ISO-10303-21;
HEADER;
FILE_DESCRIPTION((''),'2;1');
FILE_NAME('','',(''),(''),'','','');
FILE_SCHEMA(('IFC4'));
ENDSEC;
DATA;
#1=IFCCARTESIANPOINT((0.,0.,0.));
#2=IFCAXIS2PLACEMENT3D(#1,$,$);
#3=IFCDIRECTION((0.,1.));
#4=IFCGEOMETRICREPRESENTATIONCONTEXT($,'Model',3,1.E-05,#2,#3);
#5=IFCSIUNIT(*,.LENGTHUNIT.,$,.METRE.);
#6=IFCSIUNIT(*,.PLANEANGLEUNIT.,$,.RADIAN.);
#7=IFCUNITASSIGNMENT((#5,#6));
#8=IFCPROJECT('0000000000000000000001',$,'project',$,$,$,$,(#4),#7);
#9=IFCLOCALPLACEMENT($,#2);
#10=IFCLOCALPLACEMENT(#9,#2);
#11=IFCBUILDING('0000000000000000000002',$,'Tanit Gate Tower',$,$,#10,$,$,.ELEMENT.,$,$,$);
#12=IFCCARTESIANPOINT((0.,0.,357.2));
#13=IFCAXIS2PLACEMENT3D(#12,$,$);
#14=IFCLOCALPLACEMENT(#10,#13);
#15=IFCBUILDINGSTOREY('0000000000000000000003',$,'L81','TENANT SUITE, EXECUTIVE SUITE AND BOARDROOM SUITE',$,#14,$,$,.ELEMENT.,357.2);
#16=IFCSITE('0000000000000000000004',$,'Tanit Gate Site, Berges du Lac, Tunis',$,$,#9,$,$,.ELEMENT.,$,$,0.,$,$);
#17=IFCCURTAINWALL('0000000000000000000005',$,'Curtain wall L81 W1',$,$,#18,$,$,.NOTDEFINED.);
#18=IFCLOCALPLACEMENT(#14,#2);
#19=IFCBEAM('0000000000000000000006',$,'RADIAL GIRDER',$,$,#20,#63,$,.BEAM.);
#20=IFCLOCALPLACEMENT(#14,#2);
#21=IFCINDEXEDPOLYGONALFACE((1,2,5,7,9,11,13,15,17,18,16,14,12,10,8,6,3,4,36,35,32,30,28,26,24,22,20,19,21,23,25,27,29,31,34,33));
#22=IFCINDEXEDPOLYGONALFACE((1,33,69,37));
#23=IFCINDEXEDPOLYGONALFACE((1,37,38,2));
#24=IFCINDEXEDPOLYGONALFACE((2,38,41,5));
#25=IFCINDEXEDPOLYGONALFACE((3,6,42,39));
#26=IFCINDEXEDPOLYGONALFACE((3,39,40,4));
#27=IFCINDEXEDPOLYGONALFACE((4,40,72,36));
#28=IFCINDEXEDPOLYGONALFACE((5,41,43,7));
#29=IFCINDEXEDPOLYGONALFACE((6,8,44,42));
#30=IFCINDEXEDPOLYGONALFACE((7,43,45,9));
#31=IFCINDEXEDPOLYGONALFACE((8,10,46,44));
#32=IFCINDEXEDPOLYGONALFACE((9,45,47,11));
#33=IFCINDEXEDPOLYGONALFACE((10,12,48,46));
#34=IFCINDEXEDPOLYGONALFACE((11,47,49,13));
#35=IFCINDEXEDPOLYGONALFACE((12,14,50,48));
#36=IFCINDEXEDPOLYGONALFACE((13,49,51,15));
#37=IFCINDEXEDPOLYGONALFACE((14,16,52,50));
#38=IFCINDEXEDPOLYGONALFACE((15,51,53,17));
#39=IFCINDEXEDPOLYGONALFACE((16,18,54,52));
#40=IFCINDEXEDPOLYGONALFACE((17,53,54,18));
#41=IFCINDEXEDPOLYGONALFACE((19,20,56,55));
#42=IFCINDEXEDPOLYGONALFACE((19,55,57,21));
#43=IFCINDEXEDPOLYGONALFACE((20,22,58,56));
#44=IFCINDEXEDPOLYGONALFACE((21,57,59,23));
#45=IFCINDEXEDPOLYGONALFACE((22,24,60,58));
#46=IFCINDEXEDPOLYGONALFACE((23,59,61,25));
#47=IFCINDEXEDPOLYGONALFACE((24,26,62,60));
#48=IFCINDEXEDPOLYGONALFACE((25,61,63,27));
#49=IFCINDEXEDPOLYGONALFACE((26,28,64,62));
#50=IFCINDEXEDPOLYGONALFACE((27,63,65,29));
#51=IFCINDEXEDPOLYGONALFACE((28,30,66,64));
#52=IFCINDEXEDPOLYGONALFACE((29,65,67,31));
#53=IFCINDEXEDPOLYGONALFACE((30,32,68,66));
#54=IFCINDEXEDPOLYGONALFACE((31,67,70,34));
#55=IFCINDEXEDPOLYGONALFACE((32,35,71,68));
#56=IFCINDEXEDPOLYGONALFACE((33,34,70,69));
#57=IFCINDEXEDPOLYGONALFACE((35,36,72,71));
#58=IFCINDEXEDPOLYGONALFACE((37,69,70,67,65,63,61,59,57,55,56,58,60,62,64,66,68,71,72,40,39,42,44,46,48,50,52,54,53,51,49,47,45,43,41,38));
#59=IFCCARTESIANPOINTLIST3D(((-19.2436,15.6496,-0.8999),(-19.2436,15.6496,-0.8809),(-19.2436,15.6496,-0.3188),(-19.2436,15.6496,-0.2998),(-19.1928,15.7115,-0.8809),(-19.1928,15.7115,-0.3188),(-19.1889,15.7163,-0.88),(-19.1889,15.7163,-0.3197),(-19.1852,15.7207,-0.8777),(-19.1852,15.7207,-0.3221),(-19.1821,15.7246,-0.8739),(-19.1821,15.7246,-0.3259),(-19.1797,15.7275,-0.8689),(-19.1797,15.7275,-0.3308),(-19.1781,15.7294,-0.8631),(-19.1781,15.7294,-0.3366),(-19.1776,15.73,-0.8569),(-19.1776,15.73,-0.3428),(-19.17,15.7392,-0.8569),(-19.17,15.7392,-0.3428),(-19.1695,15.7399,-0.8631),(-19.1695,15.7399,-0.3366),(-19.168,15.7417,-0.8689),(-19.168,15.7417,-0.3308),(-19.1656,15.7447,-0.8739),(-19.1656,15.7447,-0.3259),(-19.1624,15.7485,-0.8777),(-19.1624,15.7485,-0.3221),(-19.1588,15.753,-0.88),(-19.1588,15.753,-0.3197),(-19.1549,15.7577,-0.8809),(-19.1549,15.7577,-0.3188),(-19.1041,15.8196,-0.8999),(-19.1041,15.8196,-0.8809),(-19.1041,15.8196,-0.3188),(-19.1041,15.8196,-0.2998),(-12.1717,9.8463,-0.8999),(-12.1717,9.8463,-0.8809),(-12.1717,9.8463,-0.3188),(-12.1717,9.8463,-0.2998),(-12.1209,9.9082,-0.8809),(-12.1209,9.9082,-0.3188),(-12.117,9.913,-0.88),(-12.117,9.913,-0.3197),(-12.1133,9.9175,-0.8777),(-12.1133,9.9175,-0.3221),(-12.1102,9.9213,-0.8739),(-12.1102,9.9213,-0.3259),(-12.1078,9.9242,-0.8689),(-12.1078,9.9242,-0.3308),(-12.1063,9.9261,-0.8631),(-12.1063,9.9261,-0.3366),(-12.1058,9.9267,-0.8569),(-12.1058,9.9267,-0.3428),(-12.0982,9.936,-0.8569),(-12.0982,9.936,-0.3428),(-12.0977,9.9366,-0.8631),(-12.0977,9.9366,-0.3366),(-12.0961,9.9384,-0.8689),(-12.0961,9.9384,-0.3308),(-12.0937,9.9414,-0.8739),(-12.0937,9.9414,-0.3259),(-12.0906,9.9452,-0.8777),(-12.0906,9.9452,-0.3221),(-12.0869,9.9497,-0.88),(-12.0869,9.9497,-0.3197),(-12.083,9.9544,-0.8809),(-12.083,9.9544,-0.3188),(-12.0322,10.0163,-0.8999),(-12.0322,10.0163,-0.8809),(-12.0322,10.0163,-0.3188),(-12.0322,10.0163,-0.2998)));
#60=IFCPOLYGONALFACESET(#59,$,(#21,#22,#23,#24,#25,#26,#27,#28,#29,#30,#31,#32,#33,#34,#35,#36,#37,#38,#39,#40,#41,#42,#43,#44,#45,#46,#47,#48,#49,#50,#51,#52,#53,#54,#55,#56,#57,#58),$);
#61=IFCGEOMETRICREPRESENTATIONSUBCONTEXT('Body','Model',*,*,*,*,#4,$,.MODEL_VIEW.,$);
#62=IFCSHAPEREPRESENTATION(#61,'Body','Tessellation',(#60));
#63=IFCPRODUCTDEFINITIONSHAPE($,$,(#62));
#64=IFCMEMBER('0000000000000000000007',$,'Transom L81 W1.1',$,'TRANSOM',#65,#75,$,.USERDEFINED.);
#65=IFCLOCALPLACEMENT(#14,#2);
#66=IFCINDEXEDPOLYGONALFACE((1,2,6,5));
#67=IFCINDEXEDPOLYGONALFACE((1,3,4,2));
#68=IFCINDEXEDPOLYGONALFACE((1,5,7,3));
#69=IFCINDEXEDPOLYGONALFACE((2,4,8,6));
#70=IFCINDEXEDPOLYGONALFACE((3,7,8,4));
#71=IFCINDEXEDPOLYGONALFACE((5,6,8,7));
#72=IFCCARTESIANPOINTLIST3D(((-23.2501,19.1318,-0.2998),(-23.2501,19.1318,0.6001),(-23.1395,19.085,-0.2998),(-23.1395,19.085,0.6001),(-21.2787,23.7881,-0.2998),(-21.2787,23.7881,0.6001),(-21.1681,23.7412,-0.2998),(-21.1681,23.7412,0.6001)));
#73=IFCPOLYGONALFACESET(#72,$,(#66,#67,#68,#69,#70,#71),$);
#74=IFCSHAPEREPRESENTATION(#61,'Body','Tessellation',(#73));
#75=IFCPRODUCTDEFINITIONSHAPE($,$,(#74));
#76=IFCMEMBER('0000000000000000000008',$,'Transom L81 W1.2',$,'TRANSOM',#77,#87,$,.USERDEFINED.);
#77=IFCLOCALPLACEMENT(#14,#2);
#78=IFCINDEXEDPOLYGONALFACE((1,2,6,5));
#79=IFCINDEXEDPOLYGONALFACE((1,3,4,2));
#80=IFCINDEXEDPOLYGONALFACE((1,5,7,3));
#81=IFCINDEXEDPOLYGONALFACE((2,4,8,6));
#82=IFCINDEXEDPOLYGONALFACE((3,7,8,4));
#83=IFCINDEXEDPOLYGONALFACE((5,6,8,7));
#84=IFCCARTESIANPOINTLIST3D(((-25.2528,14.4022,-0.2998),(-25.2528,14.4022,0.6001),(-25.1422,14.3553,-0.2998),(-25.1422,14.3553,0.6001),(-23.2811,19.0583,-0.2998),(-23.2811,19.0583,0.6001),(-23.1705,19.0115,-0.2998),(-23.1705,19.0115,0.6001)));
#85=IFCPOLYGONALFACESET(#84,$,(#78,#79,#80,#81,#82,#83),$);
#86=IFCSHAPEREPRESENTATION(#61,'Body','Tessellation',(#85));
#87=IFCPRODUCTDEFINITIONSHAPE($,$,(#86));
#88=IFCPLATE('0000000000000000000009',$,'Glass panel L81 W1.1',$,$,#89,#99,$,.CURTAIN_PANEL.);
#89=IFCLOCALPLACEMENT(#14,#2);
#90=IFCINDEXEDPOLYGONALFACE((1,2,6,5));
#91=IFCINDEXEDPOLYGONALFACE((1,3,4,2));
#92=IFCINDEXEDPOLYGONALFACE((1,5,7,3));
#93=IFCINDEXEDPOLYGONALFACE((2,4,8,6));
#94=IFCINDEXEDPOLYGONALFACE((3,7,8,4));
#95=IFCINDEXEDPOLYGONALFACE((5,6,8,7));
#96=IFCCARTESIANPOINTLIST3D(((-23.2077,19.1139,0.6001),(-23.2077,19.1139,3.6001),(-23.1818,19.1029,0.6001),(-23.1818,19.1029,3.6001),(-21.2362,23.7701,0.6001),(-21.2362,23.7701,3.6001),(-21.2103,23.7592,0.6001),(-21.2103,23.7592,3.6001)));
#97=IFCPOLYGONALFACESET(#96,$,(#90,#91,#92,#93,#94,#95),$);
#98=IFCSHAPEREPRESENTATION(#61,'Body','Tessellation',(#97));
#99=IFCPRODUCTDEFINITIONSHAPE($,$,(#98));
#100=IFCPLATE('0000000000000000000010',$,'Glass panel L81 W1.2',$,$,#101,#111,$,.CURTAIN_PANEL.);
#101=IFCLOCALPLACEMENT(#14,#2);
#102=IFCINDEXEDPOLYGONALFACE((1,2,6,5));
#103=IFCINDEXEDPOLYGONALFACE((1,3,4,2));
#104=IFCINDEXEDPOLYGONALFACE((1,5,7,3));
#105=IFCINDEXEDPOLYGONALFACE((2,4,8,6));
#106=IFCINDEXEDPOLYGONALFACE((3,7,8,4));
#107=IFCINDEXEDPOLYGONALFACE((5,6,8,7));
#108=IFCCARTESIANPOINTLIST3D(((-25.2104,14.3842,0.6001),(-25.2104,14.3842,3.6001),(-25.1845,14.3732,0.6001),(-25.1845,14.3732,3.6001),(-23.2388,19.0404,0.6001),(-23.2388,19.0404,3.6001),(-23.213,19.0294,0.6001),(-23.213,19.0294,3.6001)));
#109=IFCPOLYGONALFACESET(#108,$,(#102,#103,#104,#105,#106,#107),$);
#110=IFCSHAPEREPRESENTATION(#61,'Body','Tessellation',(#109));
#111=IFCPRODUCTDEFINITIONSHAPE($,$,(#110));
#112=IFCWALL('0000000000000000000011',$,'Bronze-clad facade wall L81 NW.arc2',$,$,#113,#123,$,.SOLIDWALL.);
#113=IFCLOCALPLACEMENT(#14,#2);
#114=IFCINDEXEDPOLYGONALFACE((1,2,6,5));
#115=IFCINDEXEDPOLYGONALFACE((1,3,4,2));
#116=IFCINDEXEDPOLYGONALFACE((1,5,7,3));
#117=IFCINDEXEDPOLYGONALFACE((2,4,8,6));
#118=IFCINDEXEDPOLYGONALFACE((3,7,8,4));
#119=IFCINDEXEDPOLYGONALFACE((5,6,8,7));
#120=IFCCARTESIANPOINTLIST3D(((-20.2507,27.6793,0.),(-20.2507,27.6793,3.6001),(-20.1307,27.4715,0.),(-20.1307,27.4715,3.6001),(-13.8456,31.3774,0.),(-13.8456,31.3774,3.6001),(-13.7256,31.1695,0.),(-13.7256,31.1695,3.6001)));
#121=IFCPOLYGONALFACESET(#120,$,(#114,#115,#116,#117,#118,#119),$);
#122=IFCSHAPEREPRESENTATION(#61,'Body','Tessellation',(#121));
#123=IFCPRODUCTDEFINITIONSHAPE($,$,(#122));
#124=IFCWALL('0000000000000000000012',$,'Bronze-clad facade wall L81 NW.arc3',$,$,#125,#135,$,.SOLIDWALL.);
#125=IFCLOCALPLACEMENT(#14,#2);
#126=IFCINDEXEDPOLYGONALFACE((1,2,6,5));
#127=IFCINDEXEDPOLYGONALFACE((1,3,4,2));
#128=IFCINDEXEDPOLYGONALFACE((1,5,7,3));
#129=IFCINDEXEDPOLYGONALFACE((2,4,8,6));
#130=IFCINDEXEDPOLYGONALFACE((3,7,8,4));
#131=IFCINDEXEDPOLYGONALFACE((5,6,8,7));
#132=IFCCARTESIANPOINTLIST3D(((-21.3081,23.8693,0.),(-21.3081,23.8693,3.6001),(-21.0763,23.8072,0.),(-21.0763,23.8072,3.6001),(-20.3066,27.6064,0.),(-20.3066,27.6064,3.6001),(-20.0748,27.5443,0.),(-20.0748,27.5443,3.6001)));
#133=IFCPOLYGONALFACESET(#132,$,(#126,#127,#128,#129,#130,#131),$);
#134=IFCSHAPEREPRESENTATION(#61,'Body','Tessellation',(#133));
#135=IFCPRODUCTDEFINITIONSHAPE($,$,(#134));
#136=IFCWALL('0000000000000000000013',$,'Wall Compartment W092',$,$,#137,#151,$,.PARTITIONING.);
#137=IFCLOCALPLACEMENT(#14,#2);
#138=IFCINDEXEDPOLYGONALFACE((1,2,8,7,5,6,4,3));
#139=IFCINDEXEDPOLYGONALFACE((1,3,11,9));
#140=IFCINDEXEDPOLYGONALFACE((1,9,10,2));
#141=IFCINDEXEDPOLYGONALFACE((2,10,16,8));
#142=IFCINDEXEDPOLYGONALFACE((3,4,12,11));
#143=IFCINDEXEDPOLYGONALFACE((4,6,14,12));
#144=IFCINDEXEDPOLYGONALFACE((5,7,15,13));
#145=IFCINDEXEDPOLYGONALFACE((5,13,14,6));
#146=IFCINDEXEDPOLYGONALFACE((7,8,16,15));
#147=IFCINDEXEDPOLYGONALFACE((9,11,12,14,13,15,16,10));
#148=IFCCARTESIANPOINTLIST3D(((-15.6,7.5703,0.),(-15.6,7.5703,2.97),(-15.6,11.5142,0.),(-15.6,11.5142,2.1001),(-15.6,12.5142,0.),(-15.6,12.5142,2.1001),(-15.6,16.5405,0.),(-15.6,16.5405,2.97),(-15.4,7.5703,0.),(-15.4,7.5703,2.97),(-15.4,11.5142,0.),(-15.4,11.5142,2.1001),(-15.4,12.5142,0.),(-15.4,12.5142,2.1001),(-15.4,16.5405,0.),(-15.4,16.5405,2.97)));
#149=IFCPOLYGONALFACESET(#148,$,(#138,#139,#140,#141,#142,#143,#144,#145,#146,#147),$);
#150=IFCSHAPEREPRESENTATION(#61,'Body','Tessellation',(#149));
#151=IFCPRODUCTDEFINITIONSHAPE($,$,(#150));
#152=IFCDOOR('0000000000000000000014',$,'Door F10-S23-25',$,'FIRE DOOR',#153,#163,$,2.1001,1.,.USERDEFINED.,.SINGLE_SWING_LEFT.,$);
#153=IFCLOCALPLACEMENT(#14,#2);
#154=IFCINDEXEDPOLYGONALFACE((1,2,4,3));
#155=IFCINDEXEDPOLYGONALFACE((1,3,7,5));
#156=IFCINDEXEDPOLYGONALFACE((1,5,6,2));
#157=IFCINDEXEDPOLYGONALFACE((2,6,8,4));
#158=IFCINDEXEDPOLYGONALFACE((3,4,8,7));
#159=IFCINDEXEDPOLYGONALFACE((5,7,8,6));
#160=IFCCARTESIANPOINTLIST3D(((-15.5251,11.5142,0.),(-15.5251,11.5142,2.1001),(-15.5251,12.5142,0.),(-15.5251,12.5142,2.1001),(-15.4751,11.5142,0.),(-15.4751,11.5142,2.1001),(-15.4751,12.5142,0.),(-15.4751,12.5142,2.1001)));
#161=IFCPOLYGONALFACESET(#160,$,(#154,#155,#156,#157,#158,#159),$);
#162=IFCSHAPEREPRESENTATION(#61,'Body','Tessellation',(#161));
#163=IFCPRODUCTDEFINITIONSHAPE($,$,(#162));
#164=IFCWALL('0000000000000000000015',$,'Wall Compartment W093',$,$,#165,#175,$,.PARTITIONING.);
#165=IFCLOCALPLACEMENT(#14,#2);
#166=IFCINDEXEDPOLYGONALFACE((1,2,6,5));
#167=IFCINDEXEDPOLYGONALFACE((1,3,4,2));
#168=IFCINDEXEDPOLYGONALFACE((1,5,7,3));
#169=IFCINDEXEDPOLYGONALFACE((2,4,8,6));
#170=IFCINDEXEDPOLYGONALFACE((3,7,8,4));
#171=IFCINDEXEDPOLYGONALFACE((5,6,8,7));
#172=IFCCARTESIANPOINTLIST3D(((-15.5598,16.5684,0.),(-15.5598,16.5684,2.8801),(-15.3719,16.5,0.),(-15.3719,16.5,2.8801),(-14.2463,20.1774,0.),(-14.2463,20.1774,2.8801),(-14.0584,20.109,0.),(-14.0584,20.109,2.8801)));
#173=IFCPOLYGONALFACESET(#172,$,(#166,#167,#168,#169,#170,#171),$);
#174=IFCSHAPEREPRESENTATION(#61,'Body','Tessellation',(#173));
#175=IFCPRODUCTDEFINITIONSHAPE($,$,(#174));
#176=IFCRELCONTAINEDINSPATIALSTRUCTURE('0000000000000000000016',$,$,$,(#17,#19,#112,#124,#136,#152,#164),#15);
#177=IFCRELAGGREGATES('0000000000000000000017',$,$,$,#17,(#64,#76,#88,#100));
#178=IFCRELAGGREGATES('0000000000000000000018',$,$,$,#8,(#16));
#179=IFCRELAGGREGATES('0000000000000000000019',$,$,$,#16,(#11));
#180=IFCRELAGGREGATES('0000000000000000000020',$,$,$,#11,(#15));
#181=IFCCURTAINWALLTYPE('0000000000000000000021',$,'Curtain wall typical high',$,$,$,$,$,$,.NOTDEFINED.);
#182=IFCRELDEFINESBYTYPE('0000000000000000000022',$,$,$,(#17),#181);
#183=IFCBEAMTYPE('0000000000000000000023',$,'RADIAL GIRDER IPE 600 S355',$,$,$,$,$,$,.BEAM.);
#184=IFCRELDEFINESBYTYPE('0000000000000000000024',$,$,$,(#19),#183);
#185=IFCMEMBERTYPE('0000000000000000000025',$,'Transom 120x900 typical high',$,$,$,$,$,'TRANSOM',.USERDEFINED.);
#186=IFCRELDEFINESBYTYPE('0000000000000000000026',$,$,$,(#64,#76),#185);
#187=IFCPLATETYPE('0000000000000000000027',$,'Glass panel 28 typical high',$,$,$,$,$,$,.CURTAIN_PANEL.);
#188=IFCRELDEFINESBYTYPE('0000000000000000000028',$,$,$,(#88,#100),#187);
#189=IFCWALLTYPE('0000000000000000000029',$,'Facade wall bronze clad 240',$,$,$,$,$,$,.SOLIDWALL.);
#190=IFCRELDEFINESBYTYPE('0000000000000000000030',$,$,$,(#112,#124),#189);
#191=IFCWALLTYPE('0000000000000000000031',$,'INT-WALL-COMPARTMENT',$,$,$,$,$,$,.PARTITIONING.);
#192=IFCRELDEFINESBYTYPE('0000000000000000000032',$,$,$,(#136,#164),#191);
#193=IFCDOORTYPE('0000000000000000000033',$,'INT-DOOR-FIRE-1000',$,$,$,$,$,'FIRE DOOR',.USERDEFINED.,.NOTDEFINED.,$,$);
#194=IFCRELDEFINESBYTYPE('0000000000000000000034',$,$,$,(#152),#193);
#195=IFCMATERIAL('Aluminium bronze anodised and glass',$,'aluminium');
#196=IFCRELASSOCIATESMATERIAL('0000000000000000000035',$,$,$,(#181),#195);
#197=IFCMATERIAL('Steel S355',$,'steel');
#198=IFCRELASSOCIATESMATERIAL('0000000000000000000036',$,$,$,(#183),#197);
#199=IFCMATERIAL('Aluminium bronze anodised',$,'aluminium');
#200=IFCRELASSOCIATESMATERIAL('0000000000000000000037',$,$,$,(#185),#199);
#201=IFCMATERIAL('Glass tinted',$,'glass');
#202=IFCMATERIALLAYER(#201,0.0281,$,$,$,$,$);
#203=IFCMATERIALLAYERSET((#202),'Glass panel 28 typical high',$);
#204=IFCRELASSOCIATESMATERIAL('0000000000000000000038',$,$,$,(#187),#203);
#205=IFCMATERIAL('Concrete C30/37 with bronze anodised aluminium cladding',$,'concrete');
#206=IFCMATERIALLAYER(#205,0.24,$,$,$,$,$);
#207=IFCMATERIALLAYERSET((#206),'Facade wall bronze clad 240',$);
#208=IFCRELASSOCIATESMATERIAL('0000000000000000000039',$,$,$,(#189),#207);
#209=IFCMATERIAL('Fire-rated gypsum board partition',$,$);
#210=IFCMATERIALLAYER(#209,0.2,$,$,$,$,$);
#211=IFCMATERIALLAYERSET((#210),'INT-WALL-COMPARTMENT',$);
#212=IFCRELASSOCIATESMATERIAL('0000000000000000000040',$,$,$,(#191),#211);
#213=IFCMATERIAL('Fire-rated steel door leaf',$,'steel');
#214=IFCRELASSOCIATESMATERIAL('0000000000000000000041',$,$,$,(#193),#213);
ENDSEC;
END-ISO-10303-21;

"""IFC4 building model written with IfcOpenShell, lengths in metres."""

from ifc_helpers import new_model, si_unit, direction, frame, frame_2d, origin, origin_2d, place, context, subcontext, project, spatial, rectangle, i_section, extrude, material, layer, layer_set, material_profile, profile_set, type_object, element, fill, aggregate, save


model = new_model("IFC4")

# Units and contexts
model_context = context("Model", 3, precision=1e-05, world=origin(), true_north=direction((0.0, 1.0)))
body_context = subcontext(model_context, "Body", "Model", "MODEL_VIEW")
ifc_project = project(units=[si_unit("LENGTHUNIT", "METRE"), si_unit("PLANEANGLEUNIT", "RADIAN")], contexts=[model_context])

# Site, building, storey
site_placement = place(None, origin())
site = spatial("IfcSite", under=ifc_project, at=site_placement, Name="Tanit Gate Site, Berges du Lac, Tunis", CompositionType="ELEMENT", RefElevation=0.0)
building_placement = place(site_placement, origin())
building = spatial("IfcBuilding", under=site, at=building_placement, Name="Tanit Gate Tower", CompositionType="ELEMENT")
storey_placement = place(building_placement, frame((0.0, 0.0, 357.2)))
storey = spatial("IfcBuildingStorey", under=building, at=storey_placement, Name="L81", Description="TENANT SUITE, EXECUTIVE SUITE AND BOARDROOM SUITE", CompositionType="ELEMENT", Elevation=357.2)

# Curtain wall
ifc_material_1 = material(Name="Aluminium bronze anodised and glass", Category="aluminium")
curtain_wall_type = type_object("IfcCurtainWallType", Name="Curtain wall typical high", PredefinedType="NOTDEFINED", material=ifc_material_1)
curtain_wall_placement = place(storey_placement, origin())
curtain_wall = element("IfcCurtainWall", 1, at=curtain_wall_placement, inside=storey, type_object=curtain_wall_type, Name="Curtain wall L81 W1", PredefinedType="NOTDEFINED")

# Beam
ifc_material_2 = material(Name="Steel S355", Category="steel")
ifc_material_profile_1 = material_profile(ifc_material_2, i_section(OverallWidth=0.22, OverallDepth=0.6001, WebThickness=0.012, FlangeThickness=0.019, FilletRadius=0.0239, at=origin_2d()), Name="IPE 600")
ifc_profile_set_1 = profile_set([ifc_material_profile_1], Name="Steel S355")
beam_type_1 = type_object("IfcBeamType", Name="RADIAL GIRDER IPE 600 S355", PredefinedType="BEAM", material=ifc_profile_set_1)
beam_1_placement = place(storey_placement, frame((-19.1738, 15.7346, -0.5999), z_axis=(0.773034, -0.634365, 0.0), x_axis=(0.634365, 0.773034, 0.0)))
element("IfcBeam", 2, at=beam_1_placement, inside=storey, type_object=beam_type_1, Name="RADIAL GIRDER", PredefinedType="BEAM", context=body_context, shape_type="SweptSolid", body=[
    extrude(i_section(OverallWidth=0.22, OverallDepth=0.6001, WebThickness=0.012, FlangeThickness=0.019, FilletRadius=0.0239, at=origin_2d()), origin(), (0.0, 0.0, 1.0), 9.1482),
])

# Members
ifc_material_3 = material(Name="Aluminium bronze anodised", Category="aluminium")
ifc_material_profile_2 = material_profile(ifc_material_3, rectangle(XDim=0.1201, YDim=0.8999, at=origin_2d()), Name="120x900 bronze transom")
ifc_profile_set_2 = profile_set([ifc_material_profile_2], Name="Aluminium bronze anodised")
member_type_1 = type_object("IfcMemberType", Name="Transom 120x900 typical high", ElementType="TRANSOM", PredefinedType="USERDEFINED", material=ifc_profile_set_2)
member_1_placement = place(storey_placement, frame((-21.2234, 23.7646, 0.1501), z_axis=(-0.389889, -0.920862, 0.0), x_axis=(0.920862, -0.389889, 0.0)))
member_1 = element("IfcMember", 3, at=member_1_placement, type_object=member_type_1, Name="Transom L81 W1.1", ObjectType="TRANSOM", PredefinedType="USERDEFINED", context=body_context, shape_type="SweptSolid", body=[
    extrude(rectangle(XDim=0.1201, YDim=0.8999, at=origin_2d()), origin(), (0.0, 0.0, 1.0), 5.0564),
])
member_2_placement = place(storey_placement, frame((-23.2258, 19.0349, 0.1501), z_axis=(-0.38993, -0.920845, 0.0), x_axis=(0.920845, -0.38993, 0.0)))
member_2 = element("IfcMember", 4, at=member_2_placement, type_object=member_type_1, Name="Transom L81 W1.2", ObjectType="TRANSOM", PredefinedType="USERDEFINED", context=body_context, shape_type="SweptSolid", body=[
    extrude(rectangle(XDim=0.1201, YDim=0.8999, at=origin_2d()), origin(), (0.0, 0.0, 1.0), 5.0564),
])

# Plates
ifc_material_4 = material(Name="Glass tinted", Category="glass")
ifc_layer_1 = layer(ifc_material_4, 0.0281)
ifc_layer_set_1 = layer_set([ifc_layer_1], Name="Glass panel 28 typical high")
plate_type = type_object("IfcPlateType", Name="Glass panel 28 typical high", PredefinedType="CURTAIN_PANEL", material=ifc_layer_set_1)
plate_1_placement = place(storey_placement, frame((-22.209, 21.4365, 0.6001), z_axis=(0.0, 0.0, 1.0), x_axis=(-0.389906, -0.920855, 0.0)))
plate_1 = element("IfcPlate", 5, at=plate_1_placement, type_object=plate_type, Name="Glass panel L81 W1.1", PredefinedType="CURTAIN_PANEL", context=body_context, shape_type="SweptSolid", body=[
    extrude(rectangle(XDim=5.0564, YDim=0.0281, at=origin_2d()), origin(), (0.0, 0.0, 1.0), 3.0),
])
plate_2_placement = place(storey_placement, frame((-24.2117, 16.7068, 0.6001), z_axis=(0.0, 0.0, 1.0), x_axis=(-0.389906, -0.920855, 0.0)))
plate_2 = element("IfcPlate", 6, at=plate_2_placement, type_object=plate_type, Name="Glass panel L81 W1.2", PredefinedType="CURTAIN_PANEL", context=body_context, shape_type="SweptSolid", body=[
    extrude(rectangle(XDim=5.0564, YDim=0.0281, at=origin_2d()), origin(), (0.0, 0.0, 1.0), 3.0),
])
aggregate(curtain_wall, [member_1, member_2, plate_1, plate_2])

# Walls
ifc_material_5 = material(Name="Concrete C30/37 with bronze anodised aluminium cladding", Category="concrete")
ifc_layer_2 = layer(ifc_material_5, 0.24)
ifc_layer_set_2 = layer_set([ifc_layer_2], Name="Facade wall bronze clad 240")
wall_type_1 = type_object("IfcWallType", Name="Facade wall bronze clad 240", PredefinedType="SOLIDWALL", material=ifc_layer_set_2)
wall_1_placement = place(storey_placement, frame((-13.7856, 31.2734, 0.0), z_axis=(0.0, 0.0, 1.0), x_axis=(-0.866022, -0.500005, 0.0)))
element("IfcWall", 7, at=wall_1_placement, inside=storey, type_object=wall_type_1, Name="Bronze-clad facade wall L81 NW.arc2", PredefinedType="SOLIDWALL", context=body_context, shape_type="SweptSolid", body=[
    extrude(rectangle(XDim=7.396, YDim=0.24, at=frame_2d((3.698, 0.0))), origin(), (0.0, 0.0, 1.0), 3.6001),
])
wall_2_placement = place(storey_placement, frame((-20.1907, 27.5754, 0.0), z_axis=(0.0, 0.0, 1.0), x_axis=(-0.258849, -0.965918, 0.0)))
element("IfcWall", 8, at=wall_2_placement, inside=storey, type_object=wall_type_1, Name="Bronze-clad facade wall L81 NW.arc3", PredefinedType="SOLIDWALL", context=body_context, shape_type="SweptSolid", body=[
    extrude(rectangle(XDim=3.8689, YDim=0.24, at=frame_2d((1.9346, 0.0))), origin(), (0.0, 0.0, 1.0), 3.6001),
])

# Wall, opening, door
ifc_material_6 = material(Name="Fire-rated gypsum board partition")
ifc_layer_3 = layer(ifc_material_6, 0.2)
ifc_layer_set_3 = layer_set([ifc_layer_3], Name="INT-WALL-COMPARTMENT")
wall_type_2 = type_object("IfcWallType", Name="INT-WALL-COMPARTMENT", PredefinedType="PARTITIONING", material=ifc_layer_set_3)
wall_3_placement = place(storey_placement, frame((-15.5, 16.5405, 0.0), z_axis=(0.0, 0.0, 1.0), x_axis=(0.0, -1.0, 0.0)))
wall_3 = element("IfcWall", 9, at=wall_3_placement, inside=storey, type_object=wall_type_2, Name="Wall Compartment W092", PredefinedType="PARTITIONING", context=body_context, shape_type="SweptSolid", body=[
    extrude(rectangle(XDim=8.9702, YDim=0.2, at=frame_2d((4.4851, 0.0))), origin(), (0.0, 0.0, 1.0), 2.97),
])
opening_placement = place(wall_3_placement, frame((4.0264, 0.0, 0.0)))
opening = element("IfcOpeningElement", 10, at=opening_placement, cuts=wall_3, PredefinedType="OPENING", context=body_context, shape_type="SweptSolid", body=[
    extrude(rectangle(XDim=1.0, YDim=2.1001, at=frame_2d((0.5, 1.05))), frame((0.0, 0.1099, 0.0), z_axis=(0.0, -1.0, 0.0), x_axis=(1.0, 0.0, 0.0)), (0.0, 0.0, 1.0), 0.22),
])
ifc_material_7 = material(Name="Fire-rated steel door leaf", Category="steel")
door_type = type_object("IfcDoorType", Name="INT-DOOR-FIRE-1000", ElementType="FIRE DOOR", OperationType="NOTDEFINED", PredefinedType="USERDEFINED", material=ifc_material_7)
door_placement = place(opening_placement, origin())
door = element("IfcDoor", 11, at=door_placement, inside=storey, type_object=door_type, Name="Door F10-S23-25", ObjectType="FIRE DOOR", OperationType="SINGLE_SWING_LEFT", OverallHeight=2.1001, OverallWidth=1.0, PredefinedType="USERDEFINED", context=body_context, shape_type="SweptSolid", body=[
    extrude(rectangle(XDim=1.0, YDim=2.1001, at=frame_2d((0.5, 1.05))), frame((0.0, 0.0249, 0.0), z_axis=(0.0, -1.0, 0.0), x_axis=(1.0, 0.0, 0.0)), (0.0, 0.0, 1.0), 0.05),
])
fill(opening, door)

# Wall
wall_4_placement = place(storey_placement, frame((-14.1523, 20.1433, 0.0), z_axis=(0.0, 0.0, 1.0), x_axis=(-0.342008, -0.939697, 0.0)))
element("IfcWall", 12, at=wall_4_placement, inside=storey, type_object=wall_type_2, Name="Wall Compartment W093", PredefinedType="PARTITIONING", context=body_context, shape_type="SweptSolid", body=[
    extrude(rectangle(XDim=3.8406, YDim=0.2, at=frame_2d((1.9204, 0.0))), origin(), (0.0, 0.0, 1.0), 2.8801),
])

save(model, "model.ifc")
